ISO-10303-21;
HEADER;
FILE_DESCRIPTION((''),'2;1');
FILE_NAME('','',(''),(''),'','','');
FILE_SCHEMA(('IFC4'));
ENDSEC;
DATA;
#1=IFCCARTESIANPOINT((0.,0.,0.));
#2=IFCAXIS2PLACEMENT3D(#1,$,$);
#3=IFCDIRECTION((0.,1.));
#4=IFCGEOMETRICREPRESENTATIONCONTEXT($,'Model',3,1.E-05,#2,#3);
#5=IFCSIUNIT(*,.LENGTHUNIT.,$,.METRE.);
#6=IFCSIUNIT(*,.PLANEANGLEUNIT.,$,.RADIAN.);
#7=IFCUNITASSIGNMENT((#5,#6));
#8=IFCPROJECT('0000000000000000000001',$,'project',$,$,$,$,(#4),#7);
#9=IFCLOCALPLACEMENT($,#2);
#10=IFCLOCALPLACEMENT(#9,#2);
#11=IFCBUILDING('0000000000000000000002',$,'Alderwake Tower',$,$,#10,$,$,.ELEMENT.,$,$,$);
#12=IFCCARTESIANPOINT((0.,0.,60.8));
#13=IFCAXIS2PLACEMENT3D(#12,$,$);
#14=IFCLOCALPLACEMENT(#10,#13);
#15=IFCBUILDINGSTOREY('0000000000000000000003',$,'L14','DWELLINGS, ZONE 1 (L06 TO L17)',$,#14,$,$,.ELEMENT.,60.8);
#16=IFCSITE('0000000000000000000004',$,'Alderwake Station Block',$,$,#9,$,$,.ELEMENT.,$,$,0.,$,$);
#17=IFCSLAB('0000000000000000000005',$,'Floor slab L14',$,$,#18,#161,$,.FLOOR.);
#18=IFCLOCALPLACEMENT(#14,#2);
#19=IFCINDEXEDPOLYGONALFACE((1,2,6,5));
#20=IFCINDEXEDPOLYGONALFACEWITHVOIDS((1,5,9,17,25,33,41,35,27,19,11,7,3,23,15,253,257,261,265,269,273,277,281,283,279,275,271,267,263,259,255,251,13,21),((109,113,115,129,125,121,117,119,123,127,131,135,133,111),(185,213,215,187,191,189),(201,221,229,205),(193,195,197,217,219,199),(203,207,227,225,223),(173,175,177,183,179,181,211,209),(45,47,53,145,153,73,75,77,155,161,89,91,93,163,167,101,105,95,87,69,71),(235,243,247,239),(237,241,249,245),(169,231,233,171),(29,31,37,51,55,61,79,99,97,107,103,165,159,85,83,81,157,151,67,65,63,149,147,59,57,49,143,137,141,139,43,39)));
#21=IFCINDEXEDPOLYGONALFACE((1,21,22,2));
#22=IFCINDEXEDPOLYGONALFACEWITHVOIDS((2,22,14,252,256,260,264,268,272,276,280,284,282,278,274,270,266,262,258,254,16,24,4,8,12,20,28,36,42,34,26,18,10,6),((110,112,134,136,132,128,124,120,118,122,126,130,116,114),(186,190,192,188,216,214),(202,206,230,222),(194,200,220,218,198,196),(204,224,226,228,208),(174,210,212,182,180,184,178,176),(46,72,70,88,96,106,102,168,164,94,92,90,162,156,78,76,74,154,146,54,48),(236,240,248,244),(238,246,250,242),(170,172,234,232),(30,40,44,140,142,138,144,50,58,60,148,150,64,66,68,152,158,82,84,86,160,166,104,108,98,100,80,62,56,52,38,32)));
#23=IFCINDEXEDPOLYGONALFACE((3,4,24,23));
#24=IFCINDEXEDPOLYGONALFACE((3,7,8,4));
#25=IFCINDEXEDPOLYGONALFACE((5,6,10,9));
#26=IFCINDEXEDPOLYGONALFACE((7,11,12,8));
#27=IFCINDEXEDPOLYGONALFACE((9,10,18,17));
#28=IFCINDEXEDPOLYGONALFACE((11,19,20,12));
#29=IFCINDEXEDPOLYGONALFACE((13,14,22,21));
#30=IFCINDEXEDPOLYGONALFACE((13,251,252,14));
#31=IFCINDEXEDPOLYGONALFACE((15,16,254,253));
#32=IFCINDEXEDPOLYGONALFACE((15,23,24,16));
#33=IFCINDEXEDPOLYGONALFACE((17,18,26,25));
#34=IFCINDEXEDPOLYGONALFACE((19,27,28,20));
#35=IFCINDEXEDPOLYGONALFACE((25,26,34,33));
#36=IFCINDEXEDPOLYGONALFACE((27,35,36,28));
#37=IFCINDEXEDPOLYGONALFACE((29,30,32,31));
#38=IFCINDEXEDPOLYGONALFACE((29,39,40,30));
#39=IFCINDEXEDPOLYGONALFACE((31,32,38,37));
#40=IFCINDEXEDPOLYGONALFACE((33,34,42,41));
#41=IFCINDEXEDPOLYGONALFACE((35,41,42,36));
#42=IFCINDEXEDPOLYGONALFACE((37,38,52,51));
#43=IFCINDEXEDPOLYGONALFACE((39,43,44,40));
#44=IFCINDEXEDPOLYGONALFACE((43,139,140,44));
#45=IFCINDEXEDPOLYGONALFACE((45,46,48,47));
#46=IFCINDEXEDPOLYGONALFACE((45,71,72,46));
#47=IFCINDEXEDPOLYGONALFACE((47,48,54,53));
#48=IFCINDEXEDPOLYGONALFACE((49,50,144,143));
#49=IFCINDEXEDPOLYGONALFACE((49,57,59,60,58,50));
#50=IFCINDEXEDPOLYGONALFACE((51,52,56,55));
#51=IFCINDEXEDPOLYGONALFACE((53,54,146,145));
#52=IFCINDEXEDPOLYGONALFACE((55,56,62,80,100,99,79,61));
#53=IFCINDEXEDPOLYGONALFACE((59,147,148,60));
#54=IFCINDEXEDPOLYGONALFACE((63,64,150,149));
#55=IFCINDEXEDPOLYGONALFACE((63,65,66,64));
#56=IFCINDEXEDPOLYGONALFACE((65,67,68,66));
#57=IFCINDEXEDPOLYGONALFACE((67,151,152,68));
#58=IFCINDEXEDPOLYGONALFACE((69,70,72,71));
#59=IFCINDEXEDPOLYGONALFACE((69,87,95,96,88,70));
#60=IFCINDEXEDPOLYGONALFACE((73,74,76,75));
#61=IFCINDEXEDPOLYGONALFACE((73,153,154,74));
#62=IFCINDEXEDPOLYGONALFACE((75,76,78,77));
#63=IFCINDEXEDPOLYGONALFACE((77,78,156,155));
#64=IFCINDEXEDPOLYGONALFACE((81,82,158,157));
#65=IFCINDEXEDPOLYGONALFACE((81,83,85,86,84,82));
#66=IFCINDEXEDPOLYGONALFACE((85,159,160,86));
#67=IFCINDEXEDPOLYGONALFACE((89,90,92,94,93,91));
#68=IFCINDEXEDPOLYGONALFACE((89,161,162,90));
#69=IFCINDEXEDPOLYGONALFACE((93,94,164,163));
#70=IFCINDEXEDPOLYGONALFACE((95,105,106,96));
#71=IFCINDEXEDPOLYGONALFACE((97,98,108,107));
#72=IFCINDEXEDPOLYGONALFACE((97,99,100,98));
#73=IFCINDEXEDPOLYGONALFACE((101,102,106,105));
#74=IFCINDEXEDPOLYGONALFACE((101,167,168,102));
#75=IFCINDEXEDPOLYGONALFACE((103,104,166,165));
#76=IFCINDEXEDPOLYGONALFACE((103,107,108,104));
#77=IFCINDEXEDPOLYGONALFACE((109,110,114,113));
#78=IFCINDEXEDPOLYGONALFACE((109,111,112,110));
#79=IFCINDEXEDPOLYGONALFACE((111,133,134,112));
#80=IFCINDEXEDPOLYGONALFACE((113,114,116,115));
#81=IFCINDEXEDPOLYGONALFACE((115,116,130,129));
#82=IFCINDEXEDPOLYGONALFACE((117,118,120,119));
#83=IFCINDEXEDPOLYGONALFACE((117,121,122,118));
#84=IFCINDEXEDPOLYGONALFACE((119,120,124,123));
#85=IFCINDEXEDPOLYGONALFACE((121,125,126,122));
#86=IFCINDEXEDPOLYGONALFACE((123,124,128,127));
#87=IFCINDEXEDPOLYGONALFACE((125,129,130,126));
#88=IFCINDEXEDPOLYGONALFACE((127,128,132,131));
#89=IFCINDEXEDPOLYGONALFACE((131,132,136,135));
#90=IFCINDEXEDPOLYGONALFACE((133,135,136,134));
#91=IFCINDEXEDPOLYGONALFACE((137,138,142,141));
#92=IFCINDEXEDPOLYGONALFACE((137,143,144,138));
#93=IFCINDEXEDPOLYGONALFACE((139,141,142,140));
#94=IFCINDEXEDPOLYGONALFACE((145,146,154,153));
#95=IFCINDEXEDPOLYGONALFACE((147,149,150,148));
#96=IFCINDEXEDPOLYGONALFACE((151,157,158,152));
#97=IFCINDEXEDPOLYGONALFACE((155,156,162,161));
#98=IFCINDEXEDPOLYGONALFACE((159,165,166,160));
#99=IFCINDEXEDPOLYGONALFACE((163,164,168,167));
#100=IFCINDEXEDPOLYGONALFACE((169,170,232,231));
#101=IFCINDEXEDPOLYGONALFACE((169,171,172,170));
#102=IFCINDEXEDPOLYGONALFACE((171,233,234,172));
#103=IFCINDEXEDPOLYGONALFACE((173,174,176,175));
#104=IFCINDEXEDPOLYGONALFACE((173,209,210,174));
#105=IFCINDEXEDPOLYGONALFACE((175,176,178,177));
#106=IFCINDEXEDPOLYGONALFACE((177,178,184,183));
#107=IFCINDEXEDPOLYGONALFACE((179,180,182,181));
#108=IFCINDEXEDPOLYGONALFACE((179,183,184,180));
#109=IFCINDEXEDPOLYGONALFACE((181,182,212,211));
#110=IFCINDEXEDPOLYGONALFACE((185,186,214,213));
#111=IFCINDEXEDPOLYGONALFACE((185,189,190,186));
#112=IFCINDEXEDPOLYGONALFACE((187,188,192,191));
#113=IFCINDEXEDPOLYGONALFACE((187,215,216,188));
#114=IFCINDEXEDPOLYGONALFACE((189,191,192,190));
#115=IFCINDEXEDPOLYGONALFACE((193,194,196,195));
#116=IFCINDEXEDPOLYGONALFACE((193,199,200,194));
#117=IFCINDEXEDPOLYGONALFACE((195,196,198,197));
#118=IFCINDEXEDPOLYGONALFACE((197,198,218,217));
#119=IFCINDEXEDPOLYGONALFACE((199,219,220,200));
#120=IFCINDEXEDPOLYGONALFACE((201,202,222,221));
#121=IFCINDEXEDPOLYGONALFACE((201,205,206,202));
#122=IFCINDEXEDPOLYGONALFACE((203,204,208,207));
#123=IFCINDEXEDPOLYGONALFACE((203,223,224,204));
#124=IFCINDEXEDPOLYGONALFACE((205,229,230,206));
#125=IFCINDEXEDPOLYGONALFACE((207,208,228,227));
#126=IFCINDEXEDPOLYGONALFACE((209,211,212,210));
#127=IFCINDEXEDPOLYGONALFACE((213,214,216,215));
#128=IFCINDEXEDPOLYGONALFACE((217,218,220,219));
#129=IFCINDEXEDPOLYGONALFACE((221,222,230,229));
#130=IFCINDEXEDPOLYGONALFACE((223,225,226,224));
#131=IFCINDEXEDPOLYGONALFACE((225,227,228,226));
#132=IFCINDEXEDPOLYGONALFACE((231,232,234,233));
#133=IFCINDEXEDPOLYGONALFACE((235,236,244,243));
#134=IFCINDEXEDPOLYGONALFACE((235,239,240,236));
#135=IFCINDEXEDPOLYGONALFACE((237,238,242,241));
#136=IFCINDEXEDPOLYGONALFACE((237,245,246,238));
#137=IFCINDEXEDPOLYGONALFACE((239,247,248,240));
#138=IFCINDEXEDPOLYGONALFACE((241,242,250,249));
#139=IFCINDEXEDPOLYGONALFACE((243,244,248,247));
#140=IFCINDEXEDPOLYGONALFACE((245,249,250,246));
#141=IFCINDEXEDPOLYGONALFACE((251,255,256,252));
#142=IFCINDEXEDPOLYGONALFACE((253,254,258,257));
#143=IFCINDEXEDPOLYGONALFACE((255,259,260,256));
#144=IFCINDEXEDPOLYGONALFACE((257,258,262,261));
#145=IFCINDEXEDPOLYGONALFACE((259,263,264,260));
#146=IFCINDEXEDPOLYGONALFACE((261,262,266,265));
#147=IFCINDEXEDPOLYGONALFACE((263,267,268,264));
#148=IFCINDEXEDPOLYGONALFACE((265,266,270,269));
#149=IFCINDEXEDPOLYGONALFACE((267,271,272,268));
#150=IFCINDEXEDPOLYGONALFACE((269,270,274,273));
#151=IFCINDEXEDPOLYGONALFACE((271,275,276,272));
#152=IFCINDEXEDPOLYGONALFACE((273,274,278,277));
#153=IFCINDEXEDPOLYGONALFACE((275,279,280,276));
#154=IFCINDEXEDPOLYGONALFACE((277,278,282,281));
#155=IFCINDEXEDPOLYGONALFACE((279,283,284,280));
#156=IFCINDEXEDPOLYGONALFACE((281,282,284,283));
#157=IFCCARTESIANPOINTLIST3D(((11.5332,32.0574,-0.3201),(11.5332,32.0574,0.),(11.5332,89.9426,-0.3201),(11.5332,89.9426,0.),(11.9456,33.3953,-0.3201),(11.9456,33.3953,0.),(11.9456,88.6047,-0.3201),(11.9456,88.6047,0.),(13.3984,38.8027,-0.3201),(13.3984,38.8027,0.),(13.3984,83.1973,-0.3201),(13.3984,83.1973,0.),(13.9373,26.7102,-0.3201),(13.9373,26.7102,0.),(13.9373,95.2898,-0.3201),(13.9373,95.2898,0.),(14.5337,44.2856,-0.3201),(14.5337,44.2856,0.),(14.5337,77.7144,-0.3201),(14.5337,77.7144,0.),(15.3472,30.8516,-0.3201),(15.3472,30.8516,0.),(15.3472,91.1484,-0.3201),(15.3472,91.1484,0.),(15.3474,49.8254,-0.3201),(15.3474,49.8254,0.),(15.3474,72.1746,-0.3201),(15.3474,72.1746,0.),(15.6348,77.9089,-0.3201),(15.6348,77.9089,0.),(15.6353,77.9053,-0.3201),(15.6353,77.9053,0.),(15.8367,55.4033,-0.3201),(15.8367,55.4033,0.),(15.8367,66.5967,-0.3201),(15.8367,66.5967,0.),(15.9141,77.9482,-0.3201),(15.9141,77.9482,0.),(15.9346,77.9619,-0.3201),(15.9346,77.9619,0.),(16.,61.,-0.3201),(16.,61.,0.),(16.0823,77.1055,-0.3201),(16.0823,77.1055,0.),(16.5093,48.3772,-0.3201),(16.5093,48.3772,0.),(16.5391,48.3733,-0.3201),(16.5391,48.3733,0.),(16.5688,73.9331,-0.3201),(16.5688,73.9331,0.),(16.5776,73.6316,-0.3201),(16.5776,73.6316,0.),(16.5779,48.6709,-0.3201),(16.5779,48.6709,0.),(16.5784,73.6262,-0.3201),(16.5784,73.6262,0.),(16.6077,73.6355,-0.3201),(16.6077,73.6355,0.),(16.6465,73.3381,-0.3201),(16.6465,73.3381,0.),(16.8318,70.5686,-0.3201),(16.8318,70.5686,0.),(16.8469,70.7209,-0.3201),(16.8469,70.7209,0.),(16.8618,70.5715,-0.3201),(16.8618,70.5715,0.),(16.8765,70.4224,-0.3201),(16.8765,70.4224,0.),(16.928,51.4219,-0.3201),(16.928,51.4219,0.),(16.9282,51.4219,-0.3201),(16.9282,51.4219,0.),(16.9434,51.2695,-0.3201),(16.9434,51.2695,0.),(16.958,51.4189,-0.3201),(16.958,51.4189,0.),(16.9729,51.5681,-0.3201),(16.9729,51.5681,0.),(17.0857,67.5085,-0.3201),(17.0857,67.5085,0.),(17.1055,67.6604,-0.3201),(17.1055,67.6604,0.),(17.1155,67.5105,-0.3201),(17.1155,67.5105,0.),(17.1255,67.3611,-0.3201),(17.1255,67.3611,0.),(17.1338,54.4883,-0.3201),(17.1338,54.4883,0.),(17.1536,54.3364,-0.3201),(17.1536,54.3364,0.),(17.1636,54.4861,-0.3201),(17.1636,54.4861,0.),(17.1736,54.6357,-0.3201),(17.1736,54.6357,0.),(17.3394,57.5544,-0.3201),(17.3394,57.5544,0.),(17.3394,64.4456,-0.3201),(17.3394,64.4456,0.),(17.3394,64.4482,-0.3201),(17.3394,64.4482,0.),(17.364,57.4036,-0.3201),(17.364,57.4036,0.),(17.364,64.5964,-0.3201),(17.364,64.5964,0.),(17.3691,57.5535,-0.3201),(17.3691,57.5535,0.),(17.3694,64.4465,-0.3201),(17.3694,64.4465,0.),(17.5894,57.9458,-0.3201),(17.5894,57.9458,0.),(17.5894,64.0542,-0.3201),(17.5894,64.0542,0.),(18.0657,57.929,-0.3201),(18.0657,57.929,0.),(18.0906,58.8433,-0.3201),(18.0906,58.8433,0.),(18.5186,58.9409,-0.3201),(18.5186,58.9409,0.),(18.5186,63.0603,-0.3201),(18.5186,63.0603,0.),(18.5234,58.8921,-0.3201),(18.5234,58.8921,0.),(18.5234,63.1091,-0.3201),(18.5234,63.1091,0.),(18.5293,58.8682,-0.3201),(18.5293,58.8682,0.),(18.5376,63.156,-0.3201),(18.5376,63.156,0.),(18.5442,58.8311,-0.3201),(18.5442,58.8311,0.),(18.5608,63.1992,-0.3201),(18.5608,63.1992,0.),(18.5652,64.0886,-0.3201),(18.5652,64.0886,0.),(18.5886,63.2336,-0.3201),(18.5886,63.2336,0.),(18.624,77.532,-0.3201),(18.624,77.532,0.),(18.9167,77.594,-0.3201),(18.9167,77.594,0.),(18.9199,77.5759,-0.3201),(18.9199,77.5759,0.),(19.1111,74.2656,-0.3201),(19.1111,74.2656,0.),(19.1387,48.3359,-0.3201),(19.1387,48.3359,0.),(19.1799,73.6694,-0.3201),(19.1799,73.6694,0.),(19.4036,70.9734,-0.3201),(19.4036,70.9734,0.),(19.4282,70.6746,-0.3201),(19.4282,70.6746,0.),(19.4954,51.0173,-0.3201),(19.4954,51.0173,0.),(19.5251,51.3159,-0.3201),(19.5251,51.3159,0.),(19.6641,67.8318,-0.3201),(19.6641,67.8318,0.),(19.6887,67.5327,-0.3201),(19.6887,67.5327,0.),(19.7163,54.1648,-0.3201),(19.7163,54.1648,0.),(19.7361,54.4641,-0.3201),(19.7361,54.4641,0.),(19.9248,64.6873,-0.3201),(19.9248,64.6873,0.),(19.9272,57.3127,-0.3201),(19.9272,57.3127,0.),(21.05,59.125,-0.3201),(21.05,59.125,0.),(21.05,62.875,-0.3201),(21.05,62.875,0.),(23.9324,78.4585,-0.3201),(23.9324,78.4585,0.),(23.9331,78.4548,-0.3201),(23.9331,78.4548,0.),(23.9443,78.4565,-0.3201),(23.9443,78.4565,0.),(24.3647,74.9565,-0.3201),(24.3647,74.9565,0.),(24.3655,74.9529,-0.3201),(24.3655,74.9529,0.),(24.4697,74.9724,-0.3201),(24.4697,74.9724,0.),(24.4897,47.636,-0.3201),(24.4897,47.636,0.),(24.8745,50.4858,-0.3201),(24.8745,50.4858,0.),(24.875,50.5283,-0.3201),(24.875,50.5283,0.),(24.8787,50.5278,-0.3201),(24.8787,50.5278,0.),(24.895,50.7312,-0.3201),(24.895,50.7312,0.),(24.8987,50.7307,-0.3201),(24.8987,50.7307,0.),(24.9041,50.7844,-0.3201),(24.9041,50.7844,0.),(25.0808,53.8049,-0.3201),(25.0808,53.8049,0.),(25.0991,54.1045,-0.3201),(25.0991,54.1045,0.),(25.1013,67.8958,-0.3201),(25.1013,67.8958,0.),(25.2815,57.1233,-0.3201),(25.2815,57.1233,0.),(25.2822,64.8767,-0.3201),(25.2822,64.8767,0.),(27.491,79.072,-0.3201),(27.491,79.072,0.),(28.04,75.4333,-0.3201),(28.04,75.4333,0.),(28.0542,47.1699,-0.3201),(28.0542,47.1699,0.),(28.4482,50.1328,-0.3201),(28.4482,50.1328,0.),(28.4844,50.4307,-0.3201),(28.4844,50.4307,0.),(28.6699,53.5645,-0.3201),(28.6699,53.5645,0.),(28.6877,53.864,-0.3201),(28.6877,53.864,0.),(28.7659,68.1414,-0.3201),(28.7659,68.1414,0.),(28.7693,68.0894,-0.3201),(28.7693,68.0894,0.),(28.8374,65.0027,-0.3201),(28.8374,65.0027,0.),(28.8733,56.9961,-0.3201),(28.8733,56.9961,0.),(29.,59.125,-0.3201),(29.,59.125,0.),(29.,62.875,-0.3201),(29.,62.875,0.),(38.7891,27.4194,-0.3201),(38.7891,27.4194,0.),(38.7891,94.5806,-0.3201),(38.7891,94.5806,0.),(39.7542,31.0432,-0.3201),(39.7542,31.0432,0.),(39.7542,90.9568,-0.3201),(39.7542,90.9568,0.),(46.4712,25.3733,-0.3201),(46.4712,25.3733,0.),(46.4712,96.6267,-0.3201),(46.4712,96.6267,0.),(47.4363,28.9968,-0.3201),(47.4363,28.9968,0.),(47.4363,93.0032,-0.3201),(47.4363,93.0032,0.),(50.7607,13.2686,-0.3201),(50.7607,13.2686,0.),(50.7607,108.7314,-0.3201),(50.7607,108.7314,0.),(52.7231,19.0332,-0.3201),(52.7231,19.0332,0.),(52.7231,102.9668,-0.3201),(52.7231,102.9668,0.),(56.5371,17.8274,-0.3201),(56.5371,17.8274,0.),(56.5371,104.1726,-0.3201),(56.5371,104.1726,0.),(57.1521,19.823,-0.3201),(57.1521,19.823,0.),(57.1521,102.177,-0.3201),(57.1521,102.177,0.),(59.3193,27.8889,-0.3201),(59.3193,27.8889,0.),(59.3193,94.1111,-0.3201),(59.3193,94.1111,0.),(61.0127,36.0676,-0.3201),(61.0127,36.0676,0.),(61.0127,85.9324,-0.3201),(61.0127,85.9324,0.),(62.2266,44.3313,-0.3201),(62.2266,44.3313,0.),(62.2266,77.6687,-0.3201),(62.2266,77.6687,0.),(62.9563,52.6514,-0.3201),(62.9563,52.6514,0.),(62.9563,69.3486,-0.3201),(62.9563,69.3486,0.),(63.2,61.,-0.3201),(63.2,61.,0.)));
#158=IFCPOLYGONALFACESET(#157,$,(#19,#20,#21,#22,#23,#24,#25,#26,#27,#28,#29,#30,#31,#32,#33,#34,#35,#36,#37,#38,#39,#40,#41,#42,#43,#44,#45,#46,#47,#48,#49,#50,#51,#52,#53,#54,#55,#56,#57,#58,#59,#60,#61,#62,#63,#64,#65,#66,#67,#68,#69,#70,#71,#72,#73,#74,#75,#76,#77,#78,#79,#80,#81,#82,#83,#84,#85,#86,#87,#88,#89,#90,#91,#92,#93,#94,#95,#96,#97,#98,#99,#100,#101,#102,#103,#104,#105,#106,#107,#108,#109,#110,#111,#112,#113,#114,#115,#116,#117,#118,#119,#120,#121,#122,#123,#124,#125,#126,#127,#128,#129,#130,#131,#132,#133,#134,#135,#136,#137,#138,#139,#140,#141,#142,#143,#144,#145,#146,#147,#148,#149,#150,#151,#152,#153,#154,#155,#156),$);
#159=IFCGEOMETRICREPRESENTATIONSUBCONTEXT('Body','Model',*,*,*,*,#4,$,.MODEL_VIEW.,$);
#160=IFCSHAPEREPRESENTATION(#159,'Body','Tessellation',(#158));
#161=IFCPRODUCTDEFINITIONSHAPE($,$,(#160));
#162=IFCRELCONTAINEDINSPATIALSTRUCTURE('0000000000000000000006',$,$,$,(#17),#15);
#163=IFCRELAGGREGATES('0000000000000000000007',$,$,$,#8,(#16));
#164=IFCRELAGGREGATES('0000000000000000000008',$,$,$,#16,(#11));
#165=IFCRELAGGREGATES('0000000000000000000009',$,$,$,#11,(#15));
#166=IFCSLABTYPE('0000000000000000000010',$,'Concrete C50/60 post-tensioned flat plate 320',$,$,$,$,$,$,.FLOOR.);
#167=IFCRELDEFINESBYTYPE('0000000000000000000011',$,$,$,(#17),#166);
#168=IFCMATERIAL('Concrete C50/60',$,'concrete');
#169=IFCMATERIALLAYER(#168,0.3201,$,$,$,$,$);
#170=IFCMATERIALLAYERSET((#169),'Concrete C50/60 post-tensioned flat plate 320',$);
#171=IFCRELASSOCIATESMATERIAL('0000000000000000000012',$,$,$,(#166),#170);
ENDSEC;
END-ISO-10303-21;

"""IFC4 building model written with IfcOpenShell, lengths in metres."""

from ifc_helpers import new_model, si_unit, direction, frame, origin, place, context, subcontext, project, spatial, polyline, outline, extrude, material, layer, layer_set, type_object, element, save


model = new_model("IFC4")

# Units and contexts
model_context = context("Model", 3, precision=1e-05, world=origin(), true_north=direction((0.0, 1.0)))
body_context = subcontext(model_context, "Body", "Model", "MODEL_VIEW")
ifc_project = project(units=[si_unit("LENGTHUNIT", "METRE"), si_unit("PLANEANGLEUNIT", "RADIAN")], contexts=[model_context])

# Site, building, storey
site_placement = place(None, origin())
site = spatial("IfcSite", under=ifc_project, at=site_placement, Name="Alderwake Station Block", CompositionType="ELEMENT", RefElevation=0.0)
building_placement = place(site_placement, origin())
building = spatial("IfcBuilding", under=site, at=building_placement, Name="Alderwake Tower", CompositionType="ELEMENT")
storey_placement = place(building_placement, frame((0.0, 0.0, 60.8)))
storey = spatial("IfcBuildingStorey", under=building, at=storey_placement, Name="L14", Description="DWELLINGS, ZONE 1 (L06 TO L17)", CompositionType="ELEMENT", Elevation=60.8)

# Slab
ifc_material_1 = material(Name="Concrete C50/60", Category="concrete")
ifc_layer_1 = layer(ifc_material_1, 0.3201)
ifc_layer_set_1 = layer_set([ifc_layer_1], Name="Concrete C50/60 post-tensioned flat plate 320")
slab_type_1 = type_object("IfcSlabType", Name="Concrete C50/60 post-tensioned flat plate 320", PredefinedType="FLOOR", material=ifc_layer_set_1)
slab_1_placement = place(storey_placement, frame((0.0, 0.0, -0.3201)))
element("IfcSlab", 1, at=slab_1_placement, inside=storey, type_object=slab_type_1, Name="Floor slab L14", PredefinedType="FLOOR", context=body_context, shape_type="SweptSolid", body=[
    extrude(outline(polyline([(11.5332, 32.0574), (11.9456, 33.3953), (13.3984, 38.8027), (14.5337, 44.2856), (15.3474, 49.8254), (15.8367, 55.4033), (16.0, 61.0), (15.8367, 66.5967), (15.3474, 72.1746), (14.5337, 77.7144), (13.3984, 83.1973), (11.9456, 88.6047), (11.5332, 89.9426), (15.3472, 91.1484), (13.9373, 95.2898), (50.7607, 108.7314), (52.7231, 102.9668), (56.5371, 104.1726), (57.1521, 102.177), (59.3193, 94.1111), (61.0127, 85.9324), (62.2266, 77.6687), (62.9563, 69.3486), (63.2, 61.0), (62.9563, 52.6514), (62.2266, 44.3313), (61.0127, 36.0676), (59.3193, 27.8889), (57.1521, 19.823), (56.5371, 17.8274), (52.7231, 19.0332), (50.7607, 13.2686), (13.9373, 26.7102), (15.3472, 30.8516), (11.5332, 32.0574)]), holes=[polyline([(16.9434, 51.2695), (16.958, 51.4189), (16.9729, 51.5681), (19.5251, 51.3159), (19.7163, 54.1648), (17.1536, 54.3364), (17.1636, 54.4861), (17.1736, 54.6357), (19.7361, 54.4641), (19.9272, 57.3127), (17.364, 57.4036), (17.3691, 57.5535), (17.3394, 57.5544), (17.1338, 54.4883), (16.928, 51.4219), (16.9282, 51.4219), (16.5093, 48.3772), (16.5391, 48.3733), (16.5779, 48.6709), (19.1387, 48.3359), (19.4954, 51.0173), (16.9434, 51.2695)]), polyline([(29.0, 62.875), (21.05, 62.875), (21.05, 59.125), (29.0, 59.125), (29.0, 62.875)]), polyline([(19.6887, 67.5327), (17.1255, 67.3611), (17.1155, 67.5105), (17.1055, 67.6604), (19.6641, 67.8318), (19.4282, 70.6746), (16.8765, 70.4224), (16.8618, 70.5715), (16.8469, 70.7209), (19.4036, 70.9734), (19.1799, 73.6694), (16.6465, 73.3381), (16.6077, 73.6355), (16.5688, 73.9331), (19.1111, 74.2656), (18.624, 77.532), (18.9199, 77.5759), (18.9167, 77.594), (16.0823, 77.1055), (15.9346, 77.9619), (15.6348, 77.9089), (15.6353, 77.9053), (15.9141, 77.9482), (16.5776, 73.6316), (16.5784, 73.6262), (16.8318, 70.5686), (17.0857, 67.5085), (17.3394, 64.4482), (17.3394, 64.4456), (17.3694, 64.4465), (17.364, 64.5964), (19.9248, 64.6873), (19.6887, 67.5327)]), polyline([(47.4363, 28.9968), (39.7542, 31.0432), (38.7891, 27.4194), (46.4712, 25.3733), (47.4363, 28.9968)]), polyline([(28.0542, 47.1699), (28.4482, 50.1328), (24.8745, 50.4858), (24.8787, 50.5278), (24.875, 50.5283), (24.4897, 47.636), (28.0542, 47.1699)]), polyline([(25.0808, 53.8049), (24.895, 50.7312), (24.8987, 50.7307), (24.9041, 50.7844), (28.4844, 50.4307), (28.6699, 53.5645), (25.0808, 53.8049)]), polyline([(28.8733, 56.9961), (25.2815, 57.1233), (25.0991, 54.1045), (28.6877, 53.864), (28.8733, 56.9961)]), polyline([(28.7693, 68.0894), (28.7659, 68.1414), (25.1013, 67.8958), (25.2822, 64.8767), (28.8374, 65.0027), (28.7693, 68.0894)]), polyline([(27.491, 79.072), (23.9324, 78.4585), (23.9331, 78.4548), (23.9443, 78.4565), (24.4697, 74.9724), (24.3647, 74.9565), (24.3655, 74.9529), (28.04, 75.4333), (27.491, 79.072)]), polyline([(46.4712, 96.6267), (38.7891, 94.5806), (39.7542, 90.9568), (47.4363, 93.0032), (46.4712, 96.6267)]), polyline([(17.5894, 64.0542), (17.5894, 57.9458), (18.0657, 57.929), (18.0906, 58.8433), (18.5442, 58.8311), (18.5293, 58.8682), (18.5234, 58.8921), (18.5186, 58.9409), (18.5186, 63.0603), (18.5234, 63.1091), (18.5376, 63.156), (18.5608, 63.1992), (18.5886, 63.2336), (18.5652, 64.0886), (17.5894, 64.0542)])]), origin(), (0.0, 0.0, 1.0), 0.3201),
])

save(model, "model.ifc")
